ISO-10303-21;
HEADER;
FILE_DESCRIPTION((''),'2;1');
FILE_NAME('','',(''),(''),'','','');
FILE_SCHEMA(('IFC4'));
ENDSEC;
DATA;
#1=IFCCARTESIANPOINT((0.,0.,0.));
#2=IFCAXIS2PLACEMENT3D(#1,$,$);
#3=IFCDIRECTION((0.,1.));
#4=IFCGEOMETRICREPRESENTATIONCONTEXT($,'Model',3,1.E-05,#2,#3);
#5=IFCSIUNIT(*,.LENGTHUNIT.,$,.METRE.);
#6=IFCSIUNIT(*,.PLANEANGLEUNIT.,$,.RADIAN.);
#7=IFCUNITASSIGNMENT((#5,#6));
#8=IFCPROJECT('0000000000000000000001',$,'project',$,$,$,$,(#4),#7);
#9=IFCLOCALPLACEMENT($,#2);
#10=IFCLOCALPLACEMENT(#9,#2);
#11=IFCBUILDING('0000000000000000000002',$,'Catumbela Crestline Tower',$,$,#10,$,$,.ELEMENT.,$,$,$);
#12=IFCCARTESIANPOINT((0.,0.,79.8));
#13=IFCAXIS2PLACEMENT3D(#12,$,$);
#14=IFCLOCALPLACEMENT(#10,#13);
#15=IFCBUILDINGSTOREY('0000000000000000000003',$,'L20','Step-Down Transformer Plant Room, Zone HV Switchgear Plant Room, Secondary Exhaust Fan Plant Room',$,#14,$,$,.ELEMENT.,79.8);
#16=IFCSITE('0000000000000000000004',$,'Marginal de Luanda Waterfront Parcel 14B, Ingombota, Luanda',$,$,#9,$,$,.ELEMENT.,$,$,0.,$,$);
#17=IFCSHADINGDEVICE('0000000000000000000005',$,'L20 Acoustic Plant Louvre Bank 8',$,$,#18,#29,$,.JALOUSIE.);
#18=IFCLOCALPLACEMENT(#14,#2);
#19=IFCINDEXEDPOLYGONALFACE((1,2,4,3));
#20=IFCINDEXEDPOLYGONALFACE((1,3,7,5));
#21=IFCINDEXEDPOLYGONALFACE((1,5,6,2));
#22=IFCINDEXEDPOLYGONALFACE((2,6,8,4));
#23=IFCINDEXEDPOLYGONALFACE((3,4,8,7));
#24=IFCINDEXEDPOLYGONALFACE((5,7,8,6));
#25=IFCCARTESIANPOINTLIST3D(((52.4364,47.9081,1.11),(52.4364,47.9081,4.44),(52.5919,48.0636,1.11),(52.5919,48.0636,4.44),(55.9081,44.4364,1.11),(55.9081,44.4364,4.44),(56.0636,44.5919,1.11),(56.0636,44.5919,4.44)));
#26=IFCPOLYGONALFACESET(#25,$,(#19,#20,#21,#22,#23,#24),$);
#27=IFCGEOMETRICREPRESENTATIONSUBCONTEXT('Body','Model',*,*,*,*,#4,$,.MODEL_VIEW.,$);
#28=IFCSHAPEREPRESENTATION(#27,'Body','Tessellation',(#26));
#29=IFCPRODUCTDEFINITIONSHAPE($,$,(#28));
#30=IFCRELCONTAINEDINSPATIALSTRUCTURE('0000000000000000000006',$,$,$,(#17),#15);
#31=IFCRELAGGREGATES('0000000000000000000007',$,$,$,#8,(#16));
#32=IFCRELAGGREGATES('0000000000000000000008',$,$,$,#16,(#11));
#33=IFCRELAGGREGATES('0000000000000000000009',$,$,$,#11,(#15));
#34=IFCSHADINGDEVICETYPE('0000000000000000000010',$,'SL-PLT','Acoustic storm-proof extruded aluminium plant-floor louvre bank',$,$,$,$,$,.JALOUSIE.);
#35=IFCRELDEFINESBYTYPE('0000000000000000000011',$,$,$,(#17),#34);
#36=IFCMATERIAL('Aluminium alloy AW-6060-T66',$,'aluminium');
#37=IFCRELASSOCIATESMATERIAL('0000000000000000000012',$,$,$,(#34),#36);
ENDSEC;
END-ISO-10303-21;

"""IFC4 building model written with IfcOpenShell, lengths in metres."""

from ifc_helpers import new_model, si_unit, direction, frame, origin, origin_2d, place, context, subcontext, project, spatial, rectangle, extrude, material, type_object, element, save


model = new_model("IFC4")

# Units and contexts
model_context = context("Model", 3, precision=1e-05, world=origin(), true_north=direction((0.0, 1.0)))
body_context = subcontext(model_context, "Body", "Model", "MODEL_VIEW")
ifc_project = project(units=[si_unit("LENGTHUNIT", "METRE"), si_unit("PLANEANGLEUNIT", "RADIAN")], contexts=[model_context])

# Site, building, storey
site_placement = place(None, origin())
site = spatial("IfcSite", under=ifc_project, at=site_placement, Name="Marginal de Luanda Waterfront Parcel 14B, Ingombota, Luanda", CompositionType="ELEMENT", RefElevation=0.0)
building_placement = place(site_placement, origin())
building = spatial("IfcBuilding", under=site, at=building_placement, Name="Catumbela Crestline Tower", CompositionType="ELEMENT")
storey_placement = place(building_placement, frame((0.0, 0.0, 79.8)))
storey = spatial("IfcBuildingStorey", under=building, at=storey_placement, Name="L20", Description="Step-Down Transformer Plant Room, Zone HV Switchgear Plant Room, Secondary Exhaust Fan Plant Room", CompositionType="ELEMENT", Elevation=79.8)

# Shading device
ifc_material_1 = material(Name="Aluminium alloy AW-6060-T66", Category="aluminium")
shading_device_type = type_object("IfcShadingDeviceType", Name="SL-PLT", Description="Acoustic storm-proof extruded aluminium plant-floor louvre bank", PredefinedType="JALOUSIE", material=ifc_material_1)
shading_device_1_placement = place(storey_placement, frame((54.25, 46.25, 1.11), z_axis=(0.0, 0.0, 1.0), x_axis=(-0.707107, 0.707107, 0.0)))
element("IfcShadingDevice", 1, at=shading_device_1_placement, inside=storey, type_object=shading_device_type, Name="L20 Acoustic Plant Louvre Bank 8", PredefinedType="JALOUSIE", context=body_context, shape_type="SweptSolid", body=[
    extrude(rectangle(XDim=4.9097, YDim=0.22, at=origin_2d()), origin(), (0.0, 0.0, 1.0), 3.33),
])

save(model, "model.ifc")
